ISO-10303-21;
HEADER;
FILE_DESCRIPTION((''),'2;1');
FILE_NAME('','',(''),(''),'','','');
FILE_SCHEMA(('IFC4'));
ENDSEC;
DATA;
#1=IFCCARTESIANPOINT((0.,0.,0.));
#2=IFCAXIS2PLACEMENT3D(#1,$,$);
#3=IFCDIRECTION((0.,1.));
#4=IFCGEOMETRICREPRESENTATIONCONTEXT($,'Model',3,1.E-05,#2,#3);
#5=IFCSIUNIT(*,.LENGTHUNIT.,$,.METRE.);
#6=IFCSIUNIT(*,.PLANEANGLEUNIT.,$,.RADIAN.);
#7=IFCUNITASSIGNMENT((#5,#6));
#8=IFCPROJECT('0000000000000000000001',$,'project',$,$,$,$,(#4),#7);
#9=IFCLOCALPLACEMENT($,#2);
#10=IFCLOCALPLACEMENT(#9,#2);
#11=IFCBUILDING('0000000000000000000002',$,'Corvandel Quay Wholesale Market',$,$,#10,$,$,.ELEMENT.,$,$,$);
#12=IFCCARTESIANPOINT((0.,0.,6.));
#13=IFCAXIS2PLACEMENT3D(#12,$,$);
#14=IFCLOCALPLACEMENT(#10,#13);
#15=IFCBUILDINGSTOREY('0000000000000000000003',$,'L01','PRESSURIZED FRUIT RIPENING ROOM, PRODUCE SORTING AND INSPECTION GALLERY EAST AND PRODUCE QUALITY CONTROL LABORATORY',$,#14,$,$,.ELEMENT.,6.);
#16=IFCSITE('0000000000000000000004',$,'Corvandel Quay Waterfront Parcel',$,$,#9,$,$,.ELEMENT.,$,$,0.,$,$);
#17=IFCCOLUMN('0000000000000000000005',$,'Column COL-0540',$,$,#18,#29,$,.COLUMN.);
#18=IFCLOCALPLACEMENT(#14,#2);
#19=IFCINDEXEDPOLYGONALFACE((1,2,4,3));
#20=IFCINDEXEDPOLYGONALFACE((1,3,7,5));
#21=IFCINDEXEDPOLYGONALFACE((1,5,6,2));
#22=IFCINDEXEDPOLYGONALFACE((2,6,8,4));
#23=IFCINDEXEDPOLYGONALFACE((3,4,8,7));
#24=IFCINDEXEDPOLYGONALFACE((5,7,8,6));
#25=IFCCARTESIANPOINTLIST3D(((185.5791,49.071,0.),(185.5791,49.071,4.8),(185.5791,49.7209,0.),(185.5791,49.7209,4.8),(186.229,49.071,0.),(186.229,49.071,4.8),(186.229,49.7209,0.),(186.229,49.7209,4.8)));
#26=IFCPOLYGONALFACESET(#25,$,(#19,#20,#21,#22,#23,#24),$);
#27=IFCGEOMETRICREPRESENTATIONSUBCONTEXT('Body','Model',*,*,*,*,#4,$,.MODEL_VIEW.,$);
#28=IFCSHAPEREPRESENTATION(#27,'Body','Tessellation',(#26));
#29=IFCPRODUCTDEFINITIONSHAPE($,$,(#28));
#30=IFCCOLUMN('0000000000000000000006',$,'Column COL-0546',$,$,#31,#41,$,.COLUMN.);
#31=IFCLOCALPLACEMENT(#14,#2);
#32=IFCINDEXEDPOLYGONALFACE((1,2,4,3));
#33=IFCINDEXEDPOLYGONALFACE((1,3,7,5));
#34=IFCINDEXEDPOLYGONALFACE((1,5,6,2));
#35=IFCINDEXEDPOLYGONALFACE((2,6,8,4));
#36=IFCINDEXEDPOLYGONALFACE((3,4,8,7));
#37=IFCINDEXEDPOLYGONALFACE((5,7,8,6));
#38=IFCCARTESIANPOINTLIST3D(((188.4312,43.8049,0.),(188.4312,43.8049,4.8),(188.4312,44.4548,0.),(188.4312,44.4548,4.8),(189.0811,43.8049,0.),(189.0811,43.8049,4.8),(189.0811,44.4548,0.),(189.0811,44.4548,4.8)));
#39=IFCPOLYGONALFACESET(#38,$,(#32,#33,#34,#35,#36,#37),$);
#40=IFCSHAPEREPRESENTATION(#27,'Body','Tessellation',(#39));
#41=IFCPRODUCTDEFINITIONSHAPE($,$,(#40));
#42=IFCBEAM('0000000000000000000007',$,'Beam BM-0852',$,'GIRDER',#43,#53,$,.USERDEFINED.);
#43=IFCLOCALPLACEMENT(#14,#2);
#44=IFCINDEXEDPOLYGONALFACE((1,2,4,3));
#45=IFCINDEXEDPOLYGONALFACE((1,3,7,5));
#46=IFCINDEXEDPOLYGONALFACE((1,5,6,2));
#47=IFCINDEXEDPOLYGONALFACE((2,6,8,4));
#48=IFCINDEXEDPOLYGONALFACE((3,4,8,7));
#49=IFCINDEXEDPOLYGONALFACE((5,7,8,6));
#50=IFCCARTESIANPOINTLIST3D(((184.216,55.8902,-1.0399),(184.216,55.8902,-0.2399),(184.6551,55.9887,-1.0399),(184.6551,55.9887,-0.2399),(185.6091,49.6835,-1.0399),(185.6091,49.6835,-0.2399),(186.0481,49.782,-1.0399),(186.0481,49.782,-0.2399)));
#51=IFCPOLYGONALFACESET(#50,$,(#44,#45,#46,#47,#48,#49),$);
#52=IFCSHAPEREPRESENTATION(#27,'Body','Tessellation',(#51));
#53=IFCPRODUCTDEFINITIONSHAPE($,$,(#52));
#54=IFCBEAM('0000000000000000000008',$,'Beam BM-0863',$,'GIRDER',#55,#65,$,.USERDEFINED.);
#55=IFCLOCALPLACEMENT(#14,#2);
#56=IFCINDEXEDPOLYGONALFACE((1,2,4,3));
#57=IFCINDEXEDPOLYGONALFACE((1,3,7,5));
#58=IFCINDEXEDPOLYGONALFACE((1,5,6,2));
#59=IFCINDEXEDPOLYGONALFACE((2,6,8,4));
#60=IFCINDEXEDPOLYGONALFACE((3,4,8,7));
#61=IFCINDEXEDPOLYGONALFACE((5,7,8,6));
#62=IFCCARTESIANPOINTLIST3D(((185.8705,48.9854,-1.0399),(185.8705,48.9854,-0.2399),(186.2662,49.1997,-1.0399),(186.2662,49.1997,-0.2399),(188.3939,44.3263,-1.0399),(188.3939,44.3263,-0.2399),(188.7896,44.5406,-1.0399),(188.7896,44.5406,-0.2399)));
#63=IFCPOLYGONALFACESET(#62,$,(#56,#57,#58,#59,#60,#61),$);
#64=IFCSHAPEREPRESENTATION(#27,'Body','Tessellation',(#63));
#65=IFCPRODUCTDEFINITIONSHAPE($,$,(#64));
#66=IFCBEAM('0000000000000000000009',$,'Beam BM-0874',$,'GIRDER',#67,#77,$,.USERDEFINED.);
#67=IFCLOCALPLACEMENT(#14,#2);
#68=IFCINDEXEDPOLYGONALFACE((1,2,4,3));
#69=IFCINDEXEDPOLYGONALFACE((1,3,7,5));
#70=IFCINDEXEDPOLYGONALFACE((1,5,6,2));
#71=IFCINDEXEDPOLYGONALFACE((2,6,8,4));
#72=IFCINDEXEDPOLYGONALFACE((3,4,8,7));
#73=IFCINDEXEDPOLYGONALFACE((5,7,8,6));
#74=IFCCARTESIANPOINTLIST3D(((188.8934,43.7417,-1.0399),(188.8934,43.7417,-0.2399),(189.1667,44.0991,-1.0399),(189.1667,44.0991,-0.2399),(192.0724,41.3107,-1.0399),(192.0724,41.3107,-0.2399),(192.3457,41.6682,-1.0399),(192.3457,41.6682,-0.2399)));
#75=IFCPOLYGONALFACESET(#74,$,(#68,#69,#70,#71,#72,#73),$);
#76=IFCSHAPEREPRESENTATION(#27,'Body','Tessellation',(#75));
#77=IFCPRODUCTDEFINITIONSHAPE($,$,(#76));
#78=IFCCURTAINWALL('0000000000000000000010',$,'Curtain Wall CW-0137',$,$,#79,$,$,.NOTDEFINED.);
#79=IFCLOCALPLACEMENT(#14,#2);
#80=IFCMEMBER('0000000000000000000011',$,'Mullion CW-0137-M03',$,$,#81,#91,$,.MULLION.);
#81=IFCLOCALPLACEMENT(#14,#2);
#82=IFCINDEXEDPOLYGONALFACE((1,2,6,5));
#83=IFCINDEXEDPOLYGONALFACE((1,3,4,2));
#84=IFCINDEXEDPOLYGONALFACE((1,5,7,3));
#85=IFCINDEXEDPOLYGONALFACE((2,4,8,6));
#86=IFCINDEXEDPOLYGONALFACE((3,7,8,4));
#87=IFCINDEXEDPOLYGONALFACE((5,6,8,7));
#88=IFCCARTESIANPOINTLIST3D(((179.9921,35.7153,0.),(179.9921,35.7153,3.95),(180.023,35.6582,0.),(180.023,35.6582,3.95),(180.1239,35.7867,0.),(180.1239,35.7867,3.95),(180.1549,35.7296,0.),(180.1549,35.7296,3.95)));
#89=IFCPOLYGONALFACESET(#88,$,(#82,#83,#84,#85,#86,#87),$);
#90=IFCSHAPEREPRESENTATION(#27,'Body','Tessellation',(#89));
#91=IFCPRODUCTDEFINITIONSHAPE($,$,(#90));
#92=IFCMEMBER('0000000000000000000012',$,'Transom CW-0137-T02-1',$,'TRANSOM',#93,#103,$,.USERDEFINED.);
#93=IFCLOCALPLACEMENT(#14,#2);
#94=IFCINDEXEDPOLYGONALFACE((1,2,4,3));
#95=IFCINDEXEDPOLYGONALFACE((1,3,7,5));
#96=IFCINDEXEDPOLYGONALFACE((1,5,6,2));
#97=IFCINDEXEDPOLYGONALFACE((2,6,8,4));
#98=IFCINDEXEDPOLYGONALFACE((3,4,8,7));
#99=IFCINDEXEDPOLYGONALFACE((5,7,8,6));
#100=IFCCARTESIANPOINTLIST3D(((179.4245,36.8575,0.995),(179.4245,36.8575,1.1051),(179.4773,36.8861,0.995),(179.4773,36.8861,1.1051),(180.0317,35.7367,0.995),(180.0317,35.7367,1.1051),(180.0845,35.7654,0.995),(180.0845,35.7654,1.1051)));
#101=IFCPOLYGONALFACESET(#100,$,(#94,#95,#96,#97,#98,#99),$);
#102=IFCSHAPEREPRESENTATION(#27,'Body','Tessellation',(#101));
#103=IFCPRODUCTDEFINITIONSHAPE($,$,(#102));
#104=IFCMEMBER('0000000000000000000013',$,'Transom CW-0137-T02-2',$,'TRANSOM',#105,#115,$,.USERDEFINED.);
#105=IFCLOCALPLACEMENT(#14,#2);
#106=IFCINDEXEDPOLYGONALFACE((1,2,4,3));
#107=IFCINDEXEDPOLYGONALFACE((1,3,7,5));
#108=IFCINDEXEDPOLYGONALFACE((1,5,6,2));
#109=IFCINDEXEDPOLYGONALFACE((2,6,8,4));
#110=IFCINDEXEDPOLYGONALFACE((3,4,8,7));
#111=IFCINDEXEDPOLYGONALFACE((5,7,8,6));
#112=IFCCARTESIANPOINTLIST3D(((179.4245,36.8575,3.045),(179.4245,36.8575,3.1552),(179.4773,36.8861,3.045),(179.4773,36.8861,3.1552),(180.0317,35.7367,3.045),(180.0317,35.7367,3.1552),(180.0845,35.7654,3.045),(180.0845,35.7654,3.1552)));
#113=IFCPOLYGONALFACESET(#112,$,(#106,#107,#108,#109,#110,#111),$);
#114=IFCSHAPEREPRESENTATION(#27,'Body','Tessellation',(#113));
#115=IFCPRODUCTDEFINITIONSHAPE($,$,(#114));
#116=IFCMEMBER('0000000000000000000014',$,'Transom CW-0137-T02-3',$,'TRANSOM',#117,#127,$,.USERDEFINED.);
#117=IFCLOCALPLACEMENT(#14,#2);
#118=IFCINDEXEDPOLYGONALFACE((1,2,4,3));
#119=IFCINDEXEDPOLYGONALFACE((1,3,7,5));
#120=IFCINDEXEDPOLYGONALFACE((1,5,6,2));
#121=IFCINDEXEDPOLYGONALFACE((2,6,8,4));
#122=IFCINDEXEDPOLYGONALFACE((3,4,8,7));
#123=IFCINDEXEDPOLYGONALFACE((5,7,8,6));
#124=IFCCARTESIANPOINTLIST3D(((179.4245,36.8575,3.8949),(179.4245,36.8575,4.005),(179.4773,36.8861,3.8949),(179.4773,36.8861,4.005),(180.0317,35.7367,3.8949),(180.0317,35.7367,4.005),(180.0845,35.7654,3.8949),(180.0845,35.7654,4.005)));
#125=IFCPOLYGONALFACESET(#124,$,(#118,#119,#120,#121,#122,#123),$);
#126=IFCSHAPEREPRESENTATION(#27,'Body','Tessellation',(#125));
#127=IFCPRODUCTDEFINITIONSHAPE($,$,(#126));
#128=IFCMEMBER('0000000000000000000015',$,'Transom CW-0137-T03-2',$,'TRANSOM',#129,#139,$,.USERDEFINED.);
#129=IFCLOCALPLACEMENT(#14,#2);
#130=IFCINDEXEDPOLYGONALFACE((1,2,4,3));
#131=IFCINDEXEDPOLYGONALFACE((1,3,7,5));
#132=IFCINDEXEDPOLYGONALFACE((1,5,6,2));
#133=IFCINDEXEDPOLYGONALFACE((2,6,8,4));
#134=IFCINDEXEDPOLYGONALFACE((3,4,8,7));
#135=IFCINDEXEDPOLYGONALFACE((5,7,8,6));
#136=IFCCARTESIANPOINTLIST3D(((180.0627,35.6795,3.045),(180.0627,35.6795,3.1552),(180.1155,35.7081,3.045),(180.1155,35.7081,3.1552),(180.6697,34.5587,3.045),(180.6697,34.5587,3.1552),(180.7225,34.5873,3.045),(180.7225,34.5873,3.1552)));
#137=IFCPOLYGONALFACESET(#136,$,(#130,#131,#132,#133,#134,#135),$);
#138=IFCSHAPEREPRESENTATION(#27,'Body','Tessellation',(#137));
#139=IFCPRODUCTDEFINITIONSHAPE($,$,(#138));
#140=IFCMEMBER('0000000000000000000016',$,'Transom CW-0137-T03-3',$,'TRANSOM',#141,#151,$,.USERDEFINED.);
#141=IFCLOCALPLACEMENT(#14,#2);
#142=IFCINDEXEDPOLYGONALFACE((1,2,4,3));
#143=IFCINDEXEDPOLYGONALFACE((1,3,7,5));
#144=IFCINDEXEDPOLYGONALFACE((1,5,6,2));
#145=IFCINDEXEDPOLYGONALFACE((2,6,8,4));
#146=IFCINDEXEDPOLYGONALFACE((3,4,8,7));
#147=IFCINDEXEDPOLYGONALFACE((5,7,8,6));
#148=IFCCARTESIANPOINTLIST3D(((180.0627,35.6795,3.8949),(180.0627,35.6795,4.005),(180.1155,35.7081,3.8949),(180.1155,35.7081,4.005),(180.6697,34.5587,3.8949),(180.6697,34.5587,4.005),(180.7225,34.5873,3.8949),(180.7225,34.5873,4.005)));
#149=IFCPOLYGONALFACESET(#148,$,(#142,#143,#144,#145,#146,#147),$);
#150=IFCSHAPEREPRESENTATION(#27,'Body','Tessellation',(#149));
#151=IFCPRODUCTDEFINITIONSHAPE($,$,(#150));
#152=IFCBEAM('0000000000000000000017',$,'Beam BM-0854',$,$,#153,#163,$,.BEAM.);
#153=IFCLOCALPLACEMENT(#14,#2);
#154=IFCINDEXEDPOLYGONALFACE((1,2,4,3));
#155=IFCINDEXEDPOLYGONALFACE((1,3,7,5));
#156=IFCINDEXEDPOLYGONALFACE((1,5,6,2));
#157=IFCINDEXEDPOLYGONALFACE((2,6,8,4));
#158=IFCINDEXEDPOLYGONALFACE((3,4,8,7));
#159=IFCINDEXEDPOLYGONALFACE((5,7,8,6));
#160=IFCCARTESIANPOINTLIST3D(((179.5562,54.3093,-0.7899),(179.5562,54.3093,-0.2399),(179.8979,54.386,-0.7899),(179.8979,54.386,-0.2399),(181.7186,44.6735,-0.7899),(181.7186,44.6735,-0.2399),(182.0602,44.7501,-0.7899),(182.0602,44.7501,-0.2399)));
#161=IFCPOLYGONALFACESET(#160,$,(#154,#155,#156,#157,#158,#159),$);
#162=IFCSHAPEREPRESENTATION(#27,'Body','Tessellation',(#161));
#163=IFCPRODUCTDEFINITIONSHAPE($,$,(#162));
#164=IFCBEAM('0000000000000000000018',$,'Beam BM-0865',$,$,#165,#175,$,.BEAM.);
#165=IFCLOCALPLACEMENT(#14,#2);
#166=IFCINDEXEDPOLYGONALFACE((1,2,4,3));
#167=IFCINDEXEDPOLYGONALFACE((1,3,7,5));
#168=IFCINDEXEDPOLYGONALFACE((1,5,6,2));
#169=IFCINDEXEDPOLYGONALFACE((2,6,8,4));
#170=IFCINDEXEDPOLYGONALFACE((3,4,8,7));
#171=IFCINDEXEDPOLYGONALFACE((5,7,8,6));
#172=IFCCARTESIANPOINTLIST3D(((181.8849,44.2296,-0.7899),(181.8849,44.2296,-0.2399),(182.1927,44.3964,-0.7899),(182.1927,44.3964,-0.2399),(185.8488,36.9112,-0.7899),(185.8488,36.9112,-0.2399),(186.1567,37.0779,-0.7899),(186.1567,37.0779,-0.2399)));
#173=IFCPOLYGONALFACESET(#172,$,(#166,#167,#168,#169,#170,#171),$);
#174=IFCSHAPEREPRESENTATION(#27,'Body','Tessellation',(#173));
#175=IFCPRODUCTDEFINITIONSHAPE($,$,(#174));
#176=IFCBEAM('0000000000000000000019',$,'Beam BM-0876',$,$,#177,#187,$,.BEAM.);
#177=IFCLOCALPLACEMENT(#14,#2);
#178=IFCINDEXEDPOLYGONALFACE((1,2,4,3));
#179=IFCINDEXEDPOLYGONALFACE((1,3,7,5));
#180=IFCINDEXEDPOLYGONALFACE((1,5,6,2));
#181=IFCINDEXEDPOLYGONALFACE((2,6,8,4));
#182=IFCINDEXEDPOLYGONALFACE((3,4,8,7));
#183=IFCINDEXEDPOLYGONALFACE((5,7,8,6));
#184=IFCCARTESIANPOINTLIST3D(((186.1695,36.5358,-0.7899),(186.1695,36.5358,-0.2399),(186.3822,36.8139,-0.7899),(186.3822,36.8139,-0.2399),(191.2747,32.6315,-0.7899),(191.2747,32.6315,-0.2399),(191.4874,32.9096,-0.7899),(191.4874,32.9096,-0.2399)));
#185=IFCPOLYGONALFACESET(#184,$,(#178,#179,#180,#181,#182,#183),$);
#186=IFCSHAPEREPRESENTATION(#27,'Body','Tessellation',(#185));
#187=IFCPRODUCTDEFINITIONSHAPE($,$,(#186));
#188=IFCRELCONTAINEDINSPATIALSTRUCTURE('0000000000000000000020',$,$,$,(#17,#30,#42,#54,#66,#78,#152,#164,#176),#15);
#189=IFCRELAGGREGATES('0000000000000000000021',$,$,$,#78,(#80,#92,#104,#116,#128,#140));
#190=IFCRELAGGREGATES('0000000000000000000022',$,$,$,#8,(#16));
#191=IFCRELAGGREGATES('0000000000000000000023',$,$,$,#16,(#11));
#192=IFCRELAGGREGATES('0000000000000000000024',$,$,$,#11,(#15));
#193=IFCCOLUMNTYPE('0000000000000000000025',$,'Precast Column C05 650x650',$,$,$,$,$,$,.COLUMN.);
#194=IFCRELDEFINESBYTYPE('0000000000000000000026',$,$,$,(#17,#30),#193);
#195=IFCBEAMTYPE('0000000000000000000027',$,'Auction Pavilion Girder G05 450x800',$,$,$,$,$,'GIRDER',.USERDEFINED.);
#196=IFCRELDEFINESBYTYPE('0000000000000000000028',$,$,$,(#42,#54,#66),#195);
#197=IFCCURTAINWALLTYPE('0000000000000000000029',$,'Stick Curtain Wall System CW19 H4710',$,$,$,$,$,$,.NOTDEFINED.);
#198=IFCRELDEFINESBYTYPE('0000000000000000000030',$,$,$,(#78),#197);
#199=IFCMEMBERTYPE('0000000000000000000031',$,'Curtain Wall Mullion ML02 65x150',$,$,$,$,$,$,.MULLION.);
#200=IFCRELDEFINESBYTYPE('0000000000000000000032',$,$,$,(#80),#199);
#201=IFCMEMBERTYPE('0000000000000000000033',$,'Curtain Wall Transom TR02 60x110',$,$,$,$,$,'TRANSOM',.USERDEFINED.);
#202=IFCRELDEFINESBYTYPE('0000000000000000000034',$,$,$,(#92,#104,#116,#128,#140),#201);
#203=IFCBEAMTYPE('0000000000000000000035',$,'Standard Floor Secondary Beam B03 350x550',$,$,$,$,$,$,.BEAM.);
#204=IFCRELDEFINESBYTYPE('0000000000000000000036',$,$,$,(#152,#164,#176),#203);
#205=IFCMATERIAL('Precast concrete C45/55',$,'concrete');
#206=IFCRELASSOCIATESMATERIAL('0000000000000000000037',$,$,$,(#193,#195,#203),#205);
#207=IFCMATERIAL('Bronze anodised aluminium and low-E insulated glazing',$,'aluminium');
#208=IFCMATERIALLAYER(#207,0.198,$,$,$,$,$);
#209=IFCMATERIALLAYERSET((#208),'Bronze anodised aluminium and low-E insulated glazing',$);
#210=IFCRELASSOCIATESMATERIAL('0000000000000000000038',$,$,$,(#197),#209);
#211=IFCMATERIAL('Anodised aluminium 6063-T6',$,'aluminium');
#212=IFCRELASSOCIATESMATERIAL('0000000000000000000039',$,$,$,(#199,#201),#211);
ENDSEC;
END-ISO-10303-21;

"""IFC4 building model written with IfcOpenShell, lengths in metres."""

from ifc_helpers import new_model, si_unit, direction, frame, origin, origin_2d, place, context, subcontext, project, spatial, rectangle, extrude, material, layer, layer_set, material_profile, profile_set, type_object, element, aggregate, save


model = new_model("IFC4")

# Units and contexts
model_context = context("Model", 3, precision=1e-05, world=origin(), true_north=direction((0.0, 1.0)))
body_context = subcontext(model_context, "Body", "Model", "MODEL_VIEW")
ifc_project = project(units=[si_unit("LENGTHUNIT", "METRE"), si_unit("PLANEANGLEUNIT", "RADIAN")], contexts=[model_context])

# Site, building, storey
site_placement = place(None, origin())
site = spatial("IfcSite", under=ifc_project, at=site_placement, Name="Corvandel Quay Waterfront Parcel", CompositionType="ELEMENT", RefElevation=0.0)
building_placement = place(site_placement, origin())
building = spatial("IfcBuilding", under=site, at=building_placement, Name="Corvandel Quay Wholesale Market", CompositionType="ELEMENT")
storey_placement = place(building_placement, frame((0.0, 0.0, 6.0)))
storey = spatial("IfcBuildingStorey", under=building, at=storey_placement, Name="L01", Description="PRESSURIZED FRUIT RIPENING ROOM, PRODUCE SORTING AND INSPECTION GALLERY EAST AND PRODUCE QUALITY CONTROL LABORATORY", CompositionType="ELEMENT", Elevation=6.0)

# Columns
ifc_material_1 = material(Name="Precast concrete C45/55", Category="concrete")
ifc_material_profile_1 = material_profile(ifc_material_1, rectangle(XDim=0.6499, YDim=0.6499, at=origin_2d()), Name="PC-COL-650x650")
ifc_profile_set_1 = profile_set([ifc_material_profile_1], Name="Precast concrete C45/55")
column_type = type_object("IfcColumnType", Name="Precast Column C05 650x650", PredefinedType="COLUMN", material=ifc_profile_set_1)
for number, where, z_axis, x_axis, name in (
    (1, (185.9041, 49.396, 0.0), (0.0, 0.0, 1.0), (1.0, 0.0, 0.0), "Column COL-0540"),
    (2, (188.7561, 44.1299, 0.0), (0.0, 0.0, 1.0), (1.0, 0.0, 0.0), "Column COL-0546"),
):
    element("IfcColumn", number, at=place(storey_placement, frame(where, z_axis=z_axis, x_axis=x_axis)), inside=storey, type_object=column_type, Name=name, PredefinedType="COLUMN", context=body_context, shape_type="SweptSolid", body=[
        extrude(rectangle(XDim=0.6499, YDim=0.6499, at=origin_2d()), origin(), (0.0, 0.0, 1.0), 4.8),
    ])

# Beams
ifc_material_profile_2 = material_profile(ifc_material_1, rectangle(XDim=0.45, YDim=0.8, at=origin_2d()), Name="PC-GIR-450x800")
ifc_profile_set_2 = profile_set([ifc_material_profile_2], Name="Precast concrete C45/55")
beam_type_1 = type_object("IfcBeamType", Name="Auction Pavilion Girder G05 450x800", ElementType="GIRDER", PredefinedType="USERDEFINED", material=ifc_profile_set_2)
beam_1_placement = place(storey_placement, frame((184.4355, 55.9395, -0.6399), z_axis=(0.218994, -0.975726, 0.0), x_axis=(0.975726, 0.218994, 0.0)))
element("IfcBeam", 3, at=beam_1_placement, inside=storey, type_object=beam_type_1, Name="Beam BM-0852", ObjectType="GIRDER", PredefinedType="USERDEFINED", context=body_context, shape_type="SweptSolid", body=[
    extrude(rectangle(XDim=0.45, YDim=0.8, at=origin_2d()), origin(), (0.0, 0.0, 1.0), 6.3611),
])
beam_2_placement = place(storey_placement, frame((186.0684, 49.0925, -0.6399), z_axis=(0.476242, -0.879314, 0.0), x_axis=(0.879314, 0.476242, 0.0)))
element("IfcBeam", 4, at=beam_2_placement, inside=storey, type_object=beam_type_1, Name="Beam BM-0863", ObjectType="GIRDER", PredefinedType="USERDEFINED", context=body_context, shape_type="SweptSolid", body=[
    extrude(rectangle(XDim=0.45, YDim=0.8, at=origin_2d()), origin(), (0.0, 0.0, 1.0), 5.2986),
])
beam_3_placement = place(storey_placement, frame((189.03, 43.9204, -0.6399), z_axis=(0.794365, -0.607441, 0.0), x_axis=(0.607441, 0.794365, 0.0)))
element("IfcBeam", 5, at=beam_3_placement, inside=storey, type_object=beam_type_1, Name="Beam BM-0874", ObjectType="GIRDER", PredefinedType="USERDEFINED", context=body_context, shape_type="SweptSolid", body=[
    extrude(rectangle(XDim=0.45, YDim=0.8, at=origin_2d()), origin(), (0.0, 0.0, 1.0), 4.002),
])

# Curtain wall, members
ifc_material_2 = material(Name="Bronze anodised aluminium and low-E insulated glazing", Category="aluminium")
ifc_layer_1 = layer(ifc_material_2, 0.198)
ifc_layer_set_1 = layer_set([ifc_layer_1], Name="Bronze anodised aluminium and low-E insulated glazing")
curtain_wall_type = type_object("IfcCurtainWallType", Name="Stick Curtain Wall System CW19 H4710", PredefinedType="NOTDEFINED", material=ifc_layer_set_1)
curtain_wall_placement = place(storey_placement, origin())
curtain_wall = element("IfcCurtainWall", 6, at=curtain_wall_placement, inside=storey, type_object=curtain_wall_type, Name="Curtain Wall CW-0137", PredefinedType="NOTDEFINED")
ifc_material_3 = material(Name="Anodised aluminium 6063-T6", Category="aluminium")
ifc_material_profile_3 = material_profile(ifc_material_3, rectangle(XDim=0.0649, YDim=0.1499, at=origin_2d()), Name="ALU-MUL-65x150")
ifc_profile_set_3 = profile_set([ifc_material_profile_3], Name="Anodised aluminium 6063-T6")
member_type_1 = type_object("IfcMemberType", Name="Curtain Wall Mullion ML02 65x150", PredefinedType="MULLION", material=ifc_profile_set_3)
member_1_placement = place(storey_placement, frame((180.0735, 35.7224, 0.0), z_axis=(0.0, 0.0, 1.0), x_axis=(-0.476238, 0.879316, 0.0)))
member_1 = element("IfcMember", 7, at=member_1_placement, type_object=member_type_1, Name="Mullion CW-0137-M03", PredefinedType="MULLION", context=body_context, shape_type="SweptSolid", body=[
    extrude(rectangle(XDim=0.0649, YDim=0.1499, at=origin_2d()), origin(), (0.0, 0.0, 1.0), 3.95),
])
ifc_material_profile_4 = material_profile(ifc_material_3, rectangle(XDim=0.0601, YDim=0.1101, at=origin_2d()), Name="ALU-TRN-60x110")
ifc_profile_set_4 = profile_set([ifc_material_profile_4], Name="Anodised aluminium 6063-T6")
member_type_2 = type_object("IfcMemberType", Name="Curtain Wall Transom TR02 60x110", ElementType="TRANSOM", PredefinedType="USERDEFINED", material=ifc_profile_set_4)
member_2_placement = place(storey_placement, frame((179.4509, 36.8718, 1.05), z_axis=(0.476314, -0.879275, 0.0), x_axis=(0.879275, 0.476314, 0.0)))
member_2 = element("IfcMember", 8, at=member_2_placement, type_object=member_type_2, Name="Transom CW-0137-T02-1", ObjectType="TRANSOM", PredefinedType="USERDEFINED", context=body_context, shape_type="SweptSolid", body=[
    extrude(rectangle(XDim=0.0601, YDim=0.1101, at=origin_2d()), origin(), (0.0, 0.0, 1.0), 1.2747),
])
member_3_placement = place(storey_placement, frame((179.4509, 36.8718, 3.1001), z_axis=(0.476314, -0.879275, 0.0), x_axis=(0.879275, 0.476314, 0.0)))
member_3 = element("IfcMember", 9, at=member_3_placement, type_object=member_type_2, Name="Transom CW-0137-T02-2", ObjectType="TRANSOM", PredefinedType="USERDEFINED", context=body_context, shape_type="SweptSolid", body=[
    extrude(rectangle(XDim=0.0601, YDim=0.1101, at=origin_2d()), origin(), (0.0, 0.0, 1.0), 1.2747),
])
member_4_placement = place(storey_placement, frame((179.4509, 36.8718, 3.95), z_axis=(0.476314, -0.879275, 0.0), x_axis=(0.879275, 0.476314, 0.0)))
member_4 = element("IfcMember", 10, at=member_4_placement, type_object=member_type_2, Name="Transom CW-0137-T02-3", ObjectType="TRANSOM", PredefinedType="USERDEFINED", context=body_context, shape_type="SweptSolid", body=[
    extrude(rectangle(XDim=0.0601, YDim=0.1101, at=origin_2d()), origin(), (0.0, 0.0, 1.0), 1.2747),
])
member_5_placement = place(storey_placement, frame((180.0891, 35.6938, 3.1001), z_axis=(0.476166, -0.879355, 0.0), x_axis=(0.879355, 0.476166, 0.0)))
member_5 = element("IfcMember", 11, at=member_5_placement, type_object=member_type_2, Name="Transom CW-0137-T03-2", ObjectType="TRANSOM", PredefinedType="USERDEFINED", context=body_context, shape_type="SweptSolid", body=[
    extrude(rectangle(XDim=0.0601, YDim=0.1101, at=origin_2d()), origin(), (0.0, 0.0, 1.0), 1.2747),
])
member_6_placement = place(storey_placement, frame((180.0891, 35.6938, 3.95), z_axis=(0.476166, -0.879355, 0.0), x_axis=(0.879355, 0.476166, 0.0)))
member_6 = element("IfcMember", 12, at=member_6_placement, type_object=member_type_2, Name="Transom CW-0137-T03-3", ObjectType="TRANSOM", PredefinedType="USERDEFINED", context=body_context, shape_type="SweptSolid", body=[
    extrude(rectangle(XDim=0.0601, YDim=0.1101, at=origin_2d()), origin(), (0.0, 0.0, 1.0), 1.2747),
])

# Beams
ifc_material_profile_5 = material_profile(ifc_material_1, rectangle(XDim=0.3501, YDim=0.55, at=origin_2d()), Name="PC-BM-350x550")
ifc_profile_set_5 = profile_set([ifc_material_profile_5], Name="Precast concrete C45/55")
beam_type_2 = type_object("IfcBeamType", Name="Standard Floor Secondary Beam B03 350x550", PredefinedType="BEAM", material=ifc_profile_set_5)
beam_4_placement = place(storey_placement, frame((179.7271, 54.3477, -0.5149), z_axis=(0.218964, -0.975733, 0.0), x_axis=(0.975733, 0.218964, 0.0)))
element("IfcBeam", 13, at=beam_4_placement, inside=storey, type_object=beam_type_2, Name="Beam BM-0854", PredefinedType="BEAM", context=body_context, shape_type="SweptSolid", body=[
    extrude(rectangle(XDim=0.3501, YDim=0.55, at=origin_2d()), origin(), (0.0, 0.0, 1.0), 9.8755),
])
beam_5_placement = place(storey_placement, frame((182.0388, 44.313, -0.5149), z_axis=(0.47626, -0.879304, 0.0), x_axis=(0.879304, 0.47626, 0.0)))
element("IfcBeam", 14, at=beam_5_placement, inside=storey, type_object=beam_type_2, Name="Beam BM-0865", PredefinedType="BEAM", context=body_context, shape_type="SweptSolid", body=[
    extrude(rectangle(XDim=0.3501, YDim=0.55, at=origin_2d()), origin(), (0.0, 0.0, 1.0), 8.323),
])
beam_6_placement = place(storey_placement, frame((186.2759, 36.6748, -0.5149), z_axis=(0.794335, -0.60748, 0.0), x_axis=(0.60748, 0.794335, 0.0)))
element("IfcBeam", 15, at=beam_6_placement, inside=storey, type_object=beam_type_2, Name="Beam BM-0876", PredefinedType="BEAM", context=body_context, shape_type="SweptSolid", body=[
    extrude(rectangle(XDim=0.3501, YDim=0.55, at=origin_2d()), origin(), (0.0, 0.0, 1.0), 6.427),
])

aggregate(curtain_wall, [member_1, member_2, member_3, member_4, member_5, member_6])

save(model, "model.ifc")
